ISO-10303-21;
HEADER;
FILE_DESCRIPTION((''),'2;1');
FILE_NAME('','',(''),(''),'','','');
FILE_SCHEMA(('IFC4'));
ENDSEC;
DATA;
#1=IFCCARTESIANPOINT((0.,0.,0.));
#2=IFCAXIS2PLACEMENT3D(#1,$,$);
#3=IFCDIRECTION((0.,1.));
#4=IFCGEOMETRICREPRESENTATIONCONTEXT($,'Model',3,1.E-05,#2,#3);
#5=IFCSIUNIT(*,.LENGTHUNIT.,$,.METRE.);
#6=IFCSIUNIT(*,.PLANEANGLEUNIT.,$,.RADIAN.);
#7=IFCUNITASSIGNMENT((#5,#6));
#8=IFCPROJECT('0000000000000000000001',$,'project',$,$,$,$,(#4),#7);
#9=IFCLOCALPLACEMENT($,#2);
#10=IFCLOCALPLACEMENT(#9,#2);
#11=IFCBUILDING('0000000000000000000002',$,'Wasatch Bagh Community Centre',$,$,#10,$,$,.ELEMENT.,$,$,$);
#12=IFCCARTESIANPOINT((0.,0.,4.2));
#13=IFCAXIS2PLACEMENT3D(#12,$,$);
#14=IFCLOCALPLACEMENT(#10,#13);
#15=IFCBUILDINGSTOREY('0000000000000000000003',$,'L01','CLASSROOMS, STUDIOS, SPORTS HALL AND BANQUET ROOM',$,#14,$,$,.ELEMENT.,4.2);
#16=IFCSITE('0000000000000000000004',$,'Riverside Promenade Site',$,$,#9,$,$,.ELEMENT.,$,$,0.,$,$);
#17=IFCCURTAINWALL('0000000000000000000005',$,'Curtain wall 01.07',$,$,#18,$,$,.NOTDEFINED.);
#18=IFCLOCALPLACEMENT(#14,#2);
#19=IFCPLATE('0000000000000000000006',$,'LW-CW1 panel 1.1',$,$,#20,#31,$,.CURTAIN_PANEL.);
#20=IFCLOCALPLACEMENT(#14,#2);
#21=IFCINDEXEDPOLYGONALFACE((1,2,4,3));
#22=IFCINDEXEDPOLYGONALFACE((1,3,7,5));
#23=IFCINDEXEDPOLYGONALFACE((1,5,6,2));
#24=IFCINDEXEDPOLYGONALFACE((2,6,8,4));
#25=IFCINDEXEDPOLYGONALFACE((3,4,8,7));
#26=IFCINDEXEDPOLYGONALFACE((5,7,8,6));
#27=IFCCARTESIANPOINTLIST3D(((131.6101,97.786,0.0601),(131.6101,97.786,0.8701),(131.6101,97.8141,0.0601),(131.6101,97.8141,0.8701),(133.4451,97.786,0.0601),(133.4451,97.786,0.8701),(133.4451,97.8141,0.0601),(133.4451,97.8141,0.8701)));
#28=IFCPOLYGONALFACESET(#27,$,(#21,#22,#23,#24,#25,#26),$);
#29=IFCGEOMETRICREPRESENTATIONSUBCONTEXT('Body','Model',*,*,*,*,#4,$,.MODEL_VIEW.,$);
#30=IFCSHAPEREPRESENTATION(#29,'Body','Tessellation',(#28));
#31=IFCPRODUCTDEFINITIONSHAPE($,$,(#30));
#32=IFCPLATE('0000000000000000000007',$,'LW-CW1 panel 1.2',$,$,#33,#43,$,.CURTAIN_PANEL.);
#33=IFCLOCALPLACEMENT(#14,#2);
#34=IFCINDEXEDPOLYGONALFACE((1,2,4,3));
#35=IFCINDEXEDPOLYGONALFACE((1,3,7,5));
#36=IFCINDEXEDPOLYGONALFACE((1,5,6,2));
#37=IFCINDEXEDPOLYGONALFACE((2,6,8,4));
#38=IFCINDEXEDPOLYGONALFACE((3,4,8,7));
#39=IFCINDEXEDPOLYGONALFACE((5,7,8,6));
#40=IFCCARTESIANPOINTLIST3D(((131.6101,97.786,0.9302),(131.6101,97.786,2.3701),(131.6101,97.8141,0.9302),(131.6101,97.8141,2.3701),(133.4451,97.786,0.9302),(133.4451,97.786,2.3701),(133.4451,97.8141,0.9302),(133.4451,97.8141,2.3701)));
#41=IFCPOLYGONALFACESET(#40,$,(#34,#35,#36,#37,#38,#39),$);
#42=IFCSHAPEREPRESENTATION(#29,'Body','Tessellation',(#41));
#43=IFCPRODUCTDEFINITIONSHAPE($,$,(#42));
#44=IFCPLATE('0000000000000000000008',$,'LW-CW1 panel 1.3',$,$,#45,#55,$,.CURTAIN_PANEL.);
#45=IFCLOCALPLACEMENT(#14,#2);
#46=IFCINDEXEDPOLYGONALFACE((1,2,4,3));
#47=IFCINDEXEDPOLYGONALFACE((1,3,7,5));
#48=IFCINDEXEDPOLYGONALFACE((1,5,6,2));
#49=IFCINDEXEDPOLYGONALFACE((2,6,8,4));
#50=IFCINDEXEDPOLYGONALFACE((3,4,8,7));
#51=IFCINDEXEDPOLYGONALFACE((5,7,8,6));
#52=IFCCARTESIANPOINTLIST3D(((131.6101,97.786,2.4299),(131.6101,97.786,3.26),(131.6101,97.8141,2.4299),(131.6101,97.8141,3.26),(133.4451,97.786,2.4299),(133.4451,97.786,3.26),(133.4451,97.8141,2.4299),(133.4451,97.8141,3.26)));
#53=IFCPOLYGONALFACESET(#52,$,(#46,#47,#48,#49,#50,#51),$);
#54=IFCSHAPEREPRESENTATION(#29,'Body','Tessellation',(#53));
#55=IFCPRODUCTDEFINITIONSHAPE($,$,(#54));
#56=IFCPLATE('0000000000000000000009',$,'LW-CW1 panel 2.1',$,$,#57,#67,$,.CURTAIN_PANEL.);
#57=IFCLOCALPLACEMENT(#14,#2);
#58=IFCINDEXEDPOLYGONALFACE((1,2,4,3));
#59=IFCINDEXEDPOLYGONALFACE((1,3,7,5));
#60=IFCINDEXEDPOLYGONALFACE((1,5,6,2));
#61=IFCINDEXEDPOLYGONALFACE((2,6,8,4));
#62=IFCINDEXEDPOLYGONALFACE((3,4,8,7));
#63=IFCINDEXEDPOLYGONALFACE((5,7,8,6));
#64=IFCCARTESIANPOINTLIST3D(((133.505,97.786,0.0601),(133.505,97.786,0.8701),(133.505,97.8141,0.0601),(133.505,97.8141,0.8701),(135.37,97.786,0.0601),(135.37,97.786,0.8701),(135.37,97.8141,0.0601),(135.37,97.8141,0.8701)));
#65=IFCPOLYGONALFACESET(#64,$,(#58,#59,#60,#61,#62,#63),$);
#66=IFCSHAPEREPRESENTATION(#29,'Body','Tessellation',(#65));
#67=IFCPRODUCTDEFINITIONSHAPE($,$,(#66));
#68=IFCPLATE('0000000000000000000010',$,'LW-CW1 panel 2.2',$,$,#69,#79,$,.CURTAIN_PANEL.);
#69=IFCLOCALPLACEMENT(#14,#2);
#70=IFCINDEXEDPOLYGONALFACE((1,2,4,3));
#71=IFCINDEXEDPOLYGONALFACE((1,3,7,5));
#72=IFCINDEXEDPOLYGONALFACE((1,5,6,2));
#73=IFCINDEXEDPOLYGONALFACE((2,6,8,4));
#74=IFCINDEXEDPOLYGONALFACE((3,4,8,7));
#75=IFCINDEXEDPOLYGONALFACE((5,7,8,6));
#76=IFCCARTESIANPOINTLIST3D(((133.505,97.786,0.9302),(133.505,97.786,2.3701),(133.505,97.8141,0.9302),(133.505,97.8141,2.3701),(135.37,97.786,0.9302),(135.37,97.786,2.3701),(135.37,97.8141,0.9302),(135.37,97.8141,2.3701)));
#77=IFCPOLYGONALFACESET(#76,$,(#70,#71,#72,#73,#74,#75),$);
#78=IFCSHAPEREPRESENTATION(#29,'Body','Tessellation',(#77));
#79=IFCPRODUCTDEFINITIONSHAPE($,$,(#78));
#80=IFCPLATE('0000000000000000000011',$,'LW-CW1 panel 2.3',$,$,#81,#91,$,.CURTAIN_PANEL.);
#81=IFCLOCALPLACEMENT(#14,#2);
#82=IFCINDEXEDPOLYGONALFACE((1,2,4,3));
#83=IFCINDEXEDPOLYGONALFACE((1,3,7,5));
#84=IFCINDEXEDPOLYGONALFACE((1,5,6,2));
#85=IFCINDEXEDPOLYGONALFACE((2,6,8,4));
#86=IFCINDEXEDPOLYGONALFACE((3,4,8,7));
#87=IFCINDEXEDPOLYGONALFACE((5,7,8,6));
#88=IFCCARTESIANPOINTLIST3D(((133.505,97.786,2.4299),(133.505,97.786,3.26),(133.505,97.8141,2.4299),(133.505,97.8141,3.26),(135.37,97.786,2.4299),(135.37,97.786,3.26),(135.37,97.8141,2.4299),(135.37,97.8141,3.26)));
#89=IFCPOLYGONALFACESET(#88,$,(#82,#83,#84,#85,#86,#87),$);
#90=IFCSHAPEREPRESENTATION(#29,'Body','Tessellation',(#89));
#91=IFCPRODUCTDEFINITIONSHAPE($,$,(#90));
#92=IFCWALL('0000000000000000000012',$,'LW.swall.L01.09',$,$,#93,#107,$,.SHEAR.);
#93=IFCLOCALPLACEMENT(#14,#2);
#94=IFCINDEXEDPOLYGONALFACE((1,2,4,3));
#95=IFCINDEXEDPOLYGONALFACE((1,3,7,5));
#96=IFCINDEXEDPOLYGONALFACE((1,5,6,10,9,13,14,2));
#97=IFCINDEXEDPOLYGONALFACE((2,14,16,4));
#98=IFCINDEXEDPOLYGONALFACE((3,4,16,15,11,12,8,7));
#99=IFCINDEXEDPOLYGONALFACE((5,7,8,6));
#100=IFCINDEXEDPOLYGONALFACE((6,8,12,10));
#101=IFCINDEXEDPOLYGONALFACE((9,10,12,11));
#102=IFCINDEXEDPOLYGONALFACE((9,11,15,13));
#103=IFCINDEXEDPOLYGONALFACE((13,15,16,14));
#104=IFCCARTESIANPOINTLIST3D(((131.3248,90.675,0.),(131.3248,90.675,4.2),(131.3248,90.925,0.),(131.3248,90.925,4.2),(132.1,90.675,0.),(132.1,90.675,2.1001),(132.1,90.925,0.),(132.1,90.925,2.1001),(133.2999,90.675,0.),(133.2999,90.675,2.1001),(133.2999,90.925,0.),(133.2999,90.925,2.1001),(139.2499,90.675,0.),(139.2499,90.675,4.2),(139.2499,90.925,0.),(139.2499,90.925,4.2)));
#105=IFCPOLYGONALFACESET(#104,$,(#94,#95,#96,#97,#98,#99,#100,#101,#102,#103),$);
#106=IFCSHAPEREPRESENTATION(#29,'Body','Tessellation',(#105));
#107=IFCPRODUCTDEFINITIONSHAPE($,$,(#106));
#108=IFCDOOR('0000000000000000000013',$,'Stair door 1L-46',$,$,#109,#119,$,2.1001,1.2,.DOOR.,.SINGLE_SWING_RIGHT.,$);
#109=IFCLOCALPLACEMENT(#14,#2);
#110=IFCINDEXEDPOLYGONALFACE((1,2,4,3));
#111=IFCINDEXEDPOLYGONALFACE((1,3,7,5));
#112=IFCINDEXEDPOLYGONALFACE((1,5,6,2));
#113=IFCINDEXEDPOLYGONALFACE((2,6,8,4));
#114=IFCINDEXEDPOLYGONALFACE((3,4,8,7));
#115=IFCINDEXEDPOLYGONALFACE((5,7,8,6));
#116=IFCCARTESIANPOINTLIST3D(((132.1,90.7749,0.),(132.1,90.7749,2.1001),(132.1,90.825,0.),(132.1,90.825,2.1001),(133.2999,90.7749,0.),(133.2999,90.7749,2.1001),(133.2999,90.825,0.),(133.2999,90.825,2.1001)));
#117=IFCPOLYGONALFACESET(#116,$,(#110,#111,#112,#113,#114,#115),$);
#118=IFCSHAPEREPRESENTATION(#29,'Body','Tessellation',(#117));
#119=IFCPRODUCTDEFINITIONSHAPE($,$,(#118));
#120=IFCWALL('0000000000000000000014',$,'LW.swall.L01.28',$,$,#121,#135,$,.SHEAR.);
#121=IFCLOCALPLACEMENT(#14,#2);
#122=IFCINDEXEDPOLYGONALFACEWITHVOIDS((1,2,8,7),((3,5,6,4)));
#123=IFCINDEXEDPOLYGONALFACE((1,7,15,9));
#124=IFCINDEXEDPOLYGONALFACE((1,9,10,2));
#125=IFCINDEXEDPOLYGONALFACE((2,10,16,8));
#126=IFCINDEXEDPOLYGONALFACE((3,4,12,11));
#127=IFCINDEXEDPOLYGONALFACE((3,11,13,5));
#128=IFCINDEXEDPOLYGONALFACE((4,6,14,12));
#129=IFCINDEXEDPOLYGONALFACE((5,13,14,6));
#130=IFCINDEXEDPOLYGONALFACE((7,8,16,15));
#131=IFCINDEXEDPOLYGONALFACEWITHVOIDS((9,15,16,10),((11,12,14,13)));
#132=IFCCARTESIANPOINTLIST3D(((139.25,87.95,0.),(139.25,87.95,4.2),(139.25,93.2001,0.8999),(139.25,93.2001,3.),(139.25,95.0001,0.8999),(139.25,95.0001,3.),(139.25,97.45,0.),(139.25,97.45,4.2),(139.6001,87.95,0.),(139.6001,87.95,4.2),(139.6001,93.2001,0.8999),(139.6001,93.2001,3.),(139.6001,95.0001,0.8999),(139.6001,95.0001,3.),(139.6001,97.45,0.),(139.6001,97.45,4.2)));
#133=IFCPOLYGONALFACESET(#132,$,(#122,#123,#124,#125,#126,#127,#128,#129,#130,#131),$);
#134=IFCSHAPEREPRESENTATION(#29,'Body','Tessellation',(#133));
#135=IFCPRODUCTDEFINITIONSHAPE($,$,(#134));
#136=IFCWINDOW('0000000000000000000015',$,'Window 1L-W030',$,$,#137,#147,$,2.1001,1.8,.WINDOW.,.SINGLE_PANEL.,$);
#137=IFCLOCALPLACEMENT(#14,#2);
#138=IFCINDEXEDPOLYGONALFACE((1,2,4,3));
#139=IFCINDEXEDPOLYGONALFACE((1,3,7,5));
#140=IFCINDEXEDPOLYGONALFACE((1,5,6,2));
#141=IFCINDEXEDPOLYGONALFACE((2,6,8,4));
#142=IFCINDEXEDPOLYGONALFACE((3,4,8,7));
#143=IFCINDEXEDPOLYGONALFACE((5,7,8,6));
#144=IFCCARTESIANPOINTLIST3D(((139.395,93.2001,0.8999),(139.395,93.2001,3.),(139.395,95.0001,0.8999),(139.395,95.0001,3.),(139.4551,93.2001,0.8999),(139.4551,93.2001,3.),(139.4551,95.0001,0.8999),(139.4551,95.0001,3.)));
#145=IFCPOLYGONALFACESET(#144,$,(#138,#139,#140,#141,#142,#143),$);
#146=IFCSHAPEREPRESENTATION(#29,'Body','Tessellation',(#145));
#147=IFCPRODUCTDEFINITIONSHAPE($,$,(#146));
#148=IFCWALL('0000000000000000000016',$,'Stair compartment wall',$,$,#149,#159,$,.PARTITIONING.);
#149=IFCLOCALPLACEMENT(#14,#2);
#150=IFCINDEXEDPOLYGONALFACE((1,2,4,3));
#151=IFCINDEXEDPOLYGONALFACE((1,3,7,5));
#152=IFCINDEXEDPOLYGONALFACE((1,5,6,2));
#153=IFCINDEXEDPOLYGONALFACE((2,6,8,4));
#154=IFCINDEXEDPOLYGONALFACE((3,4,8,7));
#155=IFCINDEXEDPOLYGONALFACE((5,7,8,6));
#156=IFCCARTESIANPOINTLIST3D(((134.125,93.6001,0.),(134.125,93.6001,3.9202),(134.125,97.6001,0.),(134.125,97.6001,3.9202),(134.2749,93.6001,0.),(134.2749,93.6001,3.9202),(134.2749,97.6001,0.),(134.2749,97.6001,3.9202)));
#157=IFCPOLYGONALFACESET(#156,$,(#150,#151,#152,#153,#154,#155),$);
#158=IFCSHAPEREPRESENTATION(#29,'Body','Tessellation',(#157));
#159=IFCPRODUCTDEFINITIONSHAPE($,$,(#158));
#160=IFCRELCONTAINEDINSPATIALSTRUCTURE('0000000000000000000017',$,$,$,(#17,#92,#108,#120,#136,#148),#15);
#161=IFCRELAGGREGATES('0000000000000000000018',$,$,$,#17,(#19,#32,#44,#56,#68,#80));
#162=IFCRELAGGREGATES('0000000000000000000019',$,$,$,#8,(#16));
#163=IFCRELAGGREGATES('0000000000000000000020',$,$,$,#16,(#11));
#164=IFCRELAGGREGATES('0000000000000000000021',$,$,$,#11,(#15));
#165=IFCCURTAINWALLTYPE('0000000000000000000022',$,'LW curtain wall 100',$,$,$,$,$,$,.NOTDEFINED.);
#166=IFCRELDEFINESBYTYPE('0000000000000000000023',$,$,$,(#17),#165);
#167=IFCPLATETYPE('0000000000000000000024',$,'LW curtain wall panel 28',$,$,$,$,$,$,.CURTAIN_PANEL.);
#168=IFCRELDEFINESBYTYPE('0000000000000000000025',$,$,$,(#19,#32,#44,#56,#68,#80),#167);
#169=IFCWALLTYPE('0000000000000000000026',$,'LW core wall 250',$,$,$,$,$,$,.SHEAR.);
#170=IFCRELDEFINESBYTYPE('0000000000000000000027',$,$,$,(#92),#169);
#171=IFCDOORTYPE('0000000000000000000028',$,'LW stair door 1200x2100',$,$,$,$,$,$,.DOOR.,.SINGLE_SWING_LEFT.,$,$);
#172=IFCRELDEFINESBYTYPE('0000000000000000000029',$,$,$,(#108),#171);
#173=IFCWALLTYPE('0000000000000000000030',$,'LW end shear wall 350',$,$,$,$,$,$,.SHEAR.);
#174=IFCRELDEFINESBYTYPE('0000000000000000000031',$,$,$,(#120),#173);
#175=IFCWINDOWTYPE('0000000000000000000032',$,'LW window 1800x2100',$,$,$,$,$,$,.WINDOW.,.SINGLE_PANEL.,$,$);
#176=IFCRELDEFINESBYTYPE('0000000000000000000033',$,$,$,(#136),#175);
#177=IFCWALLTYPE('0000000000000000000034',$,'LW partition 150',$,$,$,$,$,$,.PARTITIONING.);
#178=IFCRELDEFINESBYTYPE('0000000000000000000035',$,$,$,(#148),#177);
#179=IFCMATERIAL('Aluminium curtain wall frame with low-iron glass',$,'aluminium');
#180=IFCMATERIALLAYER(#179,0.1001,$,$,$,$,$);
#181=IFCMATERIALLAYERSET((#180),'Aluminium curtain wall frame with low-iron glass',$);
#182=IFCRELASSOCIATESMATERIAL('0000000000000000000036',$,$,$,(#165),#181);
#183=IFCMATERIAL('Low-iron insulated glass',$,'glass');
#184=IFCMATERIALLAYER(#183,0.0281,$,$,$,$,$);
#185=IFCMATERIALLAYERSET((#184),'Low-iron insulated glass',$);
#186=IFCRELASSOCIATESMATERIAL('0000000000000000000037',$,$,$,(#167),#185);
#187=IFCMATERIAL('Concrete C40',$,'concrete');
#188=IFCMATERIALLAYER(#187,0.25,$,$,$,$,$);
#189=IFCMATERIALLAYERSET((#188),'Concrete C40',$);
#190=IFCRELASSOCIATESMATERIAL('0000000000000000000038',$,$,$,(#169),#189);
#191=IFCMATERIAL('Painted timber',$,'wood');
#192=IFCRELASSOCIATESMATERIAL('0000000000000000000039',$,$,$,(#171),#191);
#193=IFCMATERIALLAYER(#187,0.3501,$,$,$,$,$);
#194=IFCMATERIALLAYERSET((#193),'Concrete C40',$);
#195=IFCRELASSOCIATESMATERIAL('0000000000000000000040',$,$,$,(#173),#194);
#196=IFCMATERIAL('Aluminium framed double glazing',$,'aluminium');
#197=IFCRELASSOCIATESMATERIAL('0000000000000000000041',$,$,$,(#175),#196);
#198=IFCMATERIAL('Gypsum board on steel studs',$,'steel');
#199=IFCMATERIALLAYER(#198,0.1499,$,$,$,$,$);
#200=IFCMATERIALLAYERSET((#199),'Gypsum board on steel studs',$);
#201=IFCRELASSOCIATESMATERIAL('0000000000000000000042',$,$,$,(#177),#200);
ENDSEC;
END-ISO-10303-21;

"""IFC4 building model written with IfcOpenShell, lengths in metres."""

from ifc_helpers import new_model, si_unit, direction, frame, frame_2d, origin, origin_2d, place, context, subcontext, project, spatial, rectangle, extrude, material, layer, layer_set, type_object, element, fill, aggregate, save


model = new_model("IFC4")

# Units and contexts
model_context = context("Model", 3, precision=1e-05, world=origin(), true_north=direction((0.0, 1.0)))
body_context = subcontext(model_context, "Body", "Model", "MODEL_VIEW")
ifc_project = project(units=[si_unit("LENGTHUNIT", "METRE"), si_unit("PLANEANGLEUNIT", "RADIAN")], contexts=[model_context])

# Site, building, storey
site_placement = place(None, origin())
site = spatial("IfcSite", under=ifc_project, at=site_placement, Name="Riverside Promenade Site", CompositionType="ELEMENT", RefElevation=0.0)
building_placement = place(site_placement, origin())
building = spatial("IfcBuilding", under=site, at=building_placement, Name="Wasatch Bagh Community Centre", CompositionType="ELEMENT")
storey_placement = place(building_placement, frame((0.0, 0.0, 4.2)))
storey = spatial("IfcBuildingStorey", under=building, at=storey_placement, Name="L01", Description="CLASSROOMS, STUDIOS, SPORTS HALL AND BANQUET ROOM", CompositionType="ELEMENT", Elevation=4.2)

# Curtain wall, plates
ifc_material_1 = material(Name="Aluminium curtain wall frame with low-iron glass", Category="aluminium")
ifc_layer_1 = layer(ifc_material_1, 0.1001)
ifc_layer_set_1 = layer_set([ifc_layer_1], Name="Aluminium curtain wall frame with low-iron glass")
curtain_wall_type = type_object("IfcCurtainWallType", Name="LW curtain wall 100", PredefinedType="NOTDEFINED", material=ifc_layer_set_1)
curtain_wall_placement = place(storey_placement, origin())
curtain_wall = element("IfcCurtainWall", 1, at=curtain_wall_placement, inside=storey, type_object=curtain_wall_type, Name="Curtain wall 01.07", PredefinedType="NOTDEFINED")
ifc_material_2 = material(Name="Low-iron insulated glass", Category="glass")
ifc_layer_2 = layer(ifc_material_2, 0.0281)
ifc_layer_set_2 = layer_set([ifc_layer_2], Name="Low-iron insulated glass")
plate_type = type_object("IfcPlateType", Name="LW curtain wall panel 28", PredefinedType="CURTAIN_PANEL", material=ifc_layer_set_2)
plate_1_placement = place(storey_placement, frame((132.5276, 97.8, 0.0601), z_axis=(0.0, 0.0, 1.0), x_axis=(1.0, 0.0, 0.0)))
plate_1 = element("IfcPlate", 2, at=plate_1_placement, type_object=plate_type, Name="LW-CW1 panel 1.1", PredefinedType="CURTAIN_PANEL", context=body_context, shape_type="SweptSolid", body=[
    extrude(rectangle(XDim=1.835, YDim=0.0281, at=origin_2d()), origin(), (0.0, 0.0, 1.0), 0.8101),
])
plate_2_placement = place(storey_placement, frame((132.5276, 97.8, 0.9302), z_axis=(0.0, 0.0, 1.0), x_axis=(1.0, 0.0, 0.0)))
plate_2 = element("IfcPlate", 3, at=plate_2_placement, type_object=plate_type, Name="LW-CW1 panel 1.2", PredefinedType="CURTAIN_PANEL", context=body_context, shape_type="SweptSolid", body=[
    extrude(rectangle(XDim=1.835, YDim=0.0281, at=origin_2d()), origin(), (0.0, 0.0, 1.0), 1.4399),
])
plate_3_placement = place(storey_placement, frame((132.5276, 97.8, 2.4299), z_axis=(0.0, 0.0, 1.0), x_axis=(1.0, 0.0, 0.0)))
plate_3 = element("IfcPlate", 4, at=plate_3_placement, type_object=plate_type, Name="LW-CW1 panel 1.3", PredefinedType="CURTAIN_PANEL", context=body_context, shape_type="SweptSolid", body=[
    extrude(rectangle(XDim=1.835, YDim=0.0281, at=origin_2d()), origin(), (0.0, 0.0, 1.0), 0.8301),
])
plate_4_placement = place(storey_placement, frame((134.4375, 97.8, 0.0601), z_axis=(0.0, 0.0, 1.0), x_axis=(1.0, 0.0, 0.0)))
plate_4 = element("IfcPlate", 5, at=plate_4_placement, type_object=plate_type, Name="LW-CW1 panel 2.1", PredefinedType="CURTAIN_PANEL", context=body_context, shape_type="SweptSolid", body=[
    extrude(rectangle(XDim=1.865, YDim=0.0281, at=origin_2d()), origin(), (0.0, 0.0, 1.0), 0.8101),
])
plate_5_placement = place(storey_placement, frame((134.4375, 97.8, 0.9302), z_axis=(0.0, 0.0, 1.0), x_axis=(1.0, 0.0, 0.0)))
plate_5 = element("IfcPlate", 6, at=plate_5_placement, type_object=plate_type, Name="LW-CW1 panel 2.2", PredefinedType="CURTAIN_PANEL", context=body_context, shape_type="SweptSolid", body=[
    extrude(rectangle(XDim=1.865, YDim=0.0281, at=origin_2d()), origin(), (0.0, 0.0, 1.0), 1.4399),
])
plate_6_placement = place(storey_placement, frame((134.4375, 97.8, 2.4299), z_axis=(0.0, 0.0, 1.0), x_axis=(1.0, 0.0, 0.0)))
plate_6 = element("IfcPlate", 7, at=plate_6_placement, type_object=plate_type, Name="LW-CW1 panel 2.3", PredefinedType="CURTAIN_PANEL", context=body_context, shape_type="SweptSolid", body=[
    extrude(rectangle(XDim=1.865, YDim=0.0281, at=origin_2d()), origin(), (0.0, 0.0, 1.0), 0.8301),
])
aggregate(curtain_wall, [plate_1, plate_2, plate_3, plate_4, plate_5, plate_6])

# Wall, opening, door
ifc_material_3 = material(Name="Concrete C40", Category="concrete")
ifc_layer_3 = layer(ifc_material_3, 0.25)
ifc_layer_set_3 = layer_set([ifc_layer_3], Name="Concrete C40")
wall_type_1 = type_object("IfcWallType", Name="LW core wall 250", PredefinedType="SHEAR", material=ifc_layer_set_3)
wall_1_placement = place(storey_placement, frame((131.325, 90.8, 0.0), z_axis=(0.0, 0.0, 1.0), x_axis=(1.0, 0.0, 0.0)))
wall_1 = element("IfcWall", 8, at=wall_1_placement, inside=storey, type_object=wall_type_1, Name="LW.swall.L01.09", PredefinedType="SHEAR", context=body_context, shape_type="SweptSolid", body=[
    extrude(rectangle(XDim=7.925, YDim=0.25, at=frame_2d((3.9624, 0.0))), origin(), (0.0, 0.0, 1.0), 4.2),
])
opening_1_placement = place(wall_1_placement, frame((0.7749, 0.0, 0.0)))
opening_1 = element("IfcOpeningElement", 9, at=opening_1_placement, cuts=wall_1, PredefinedType="OPENING", context=body_context, shape_type="SweptSolid", body=[
    extrude(rectangle(XDim=1.2, YDim=2.1001, at=frame_2d((0.6001, 1.05))), frame((0.0, 0.135, 0.0), z_axis=(0.0, -1.0, 0.0), x_axis=(1.0, 0.0, 0.0)), (0.0, 0.0, 1.0), 0.27),
])
ifc_material_4 = material(Name="Painted timber", Category="wood")
door_type = type_object("IfcDoorType", Name="LW stair door 1200x2100", OperationType="SINGLE_SWING_LEFT", PredefinedType="DOOR", material=ifc_material_4)
door_placement = place(opening_1_placement, origin())
door = element("IfcDoor", 10, at=door_placement, inside=storey, type_object=door_type, Name="Stair door 1L-46", OperationType="SINGLE_SWING_RIGHT", OverallHeight=2.1001, OverallWidth=1.2, PredefinedType="DOOR", context=body_context, shape_type="SweptSolid", body=[
    extrude(rectangle(XDim=1.2, YDim=2.1001, at=frame_2d((0.6001, 1.05))), frame((0.0, 0.0249, 0.0), z_axis=(0.0, -1.0, 0.0), x_axis=(1.0, 0.0, 0.0)), (0.0, 0.0, 1.0), 0.05),
])
fill(opening_1, door)

# Wall, opening, window
ifc_layer_4 = layer(ifc_material_3, 0.3501)
ifc_layer_set_4 = layer_set([ifc_layer_4], Name="Concrete C40")
wall_type_2 = type_object("IfcWallType", Name="LW end shear wall 350", PredefinedType="SHEAR", material=ifc_layer_set_4)
wall_2_placement = place(storey_placement, frame((139.425, 97.45, 0.0), z_axis=(0.0, 0.0, 1.0), x_axis=(0.0, -1.0, 0.0)))
wall_2 = element("IfcWall", 11, at=wall_2_placement, inside=storey, type_object=wall_type_2, Name="LW.swall.L01.28", PredefinedType="SHEAR", context=body_context, shape_type="SweptSolid", body=[
    extrude(rectangle(XDim=9.5, YDim=0.3501, at=frame_2d((4.75, 0.0))), origin(), (0.0, 0.0, 1.0), 4.2),
])
opening_2_placement = place(wall_2_placement, frame((2.45, 0.0, 0.8999)))
opening_2 = element("IfcOpeningElement", 12, at=opening_2_placement, cuts=wall_2, PredefinedType="OPENING", context=body_context, shape_type="SweptSolid", body=[
    extrude(rectangle(XDim=1.8, YDim=2.1001, at=frame_2d((0.8999, 1.05))), frame((0.0, 0.1851, 0.0), z_axis=(0.0, -1.0, 0.0), x_axis=(1.0, 0.0, 0.0)), (0.0, 0.0, 1.0), 0.3701),
])
ifc_material_5 = material(Name="Aluminium framed double glazing", Category="aluminium")
window_type = type_object("IfcWindowType", Name="LW window 1800x2100", PartitioningType="SINGLE_PANEL", PredefinedType="WINDOW", material=ifc_material_5)
window_placement = place(opening_2_placement, origin())
window = element("IfcWindow", 13, at=window_placement, inside=storey, type_object=window_type, Name="Window 1L-W030", OverallHeight=2.1001, OverallWidth=1.8, PartitioningType="SINGLE_PANEL", PredefinedType="WINDOW", context=body_context, shape_type="SweptSolid", body=[
    extrude(rectangle(XDim=1.8, YDim=2.1001, at=frame_2d((0.8999, 1.05))), frame((0.0, 0.03, 0.0), z_axis=(0.0, -1.0, 0.0), x_axis=(1.0, 0.0, 0.0)), (0.0, 0.0, 1.0), 0.0601),
])
fill(opening_2, window)

# Wall
ifc_material_6 = material(Name="Gypsum board on steel studs", Category="steel")
ifc_layer_5 = layer(ifc_material_6, 0.1499)
ifc_layer_set_5 = layer_set([ifc_layer_5], Name="Gypsum board on steel studs")
wall_type_3 = type_object("IfcWallType", Name="LW partition 150", PredefinedType="PARTITIONING", material=ifc_layer_set_5)
wall_3_placement = place(storey_placement, frame((134.2, 93.6001, 0.0), z_axis=(0.0, 0.0, 1.0), x_axis=(0.0, 1.0, 0.0)))
element("IfcWall", 14, at=wall_3_placement, inside=storey, type_object=wall_type_3, Name="Stair compartment wall", PredefinedType="PARTITIONING", context=body_context, shape_type="SweptSolid", body=[
    extrude(rectangle(XDim=4.0, YDim=0.1499, at=frame_2d((2.0, 0.0))), origin(), (0.0, 0.0, 1.0), 3.9202),
])

save(model, "model.ifc")
